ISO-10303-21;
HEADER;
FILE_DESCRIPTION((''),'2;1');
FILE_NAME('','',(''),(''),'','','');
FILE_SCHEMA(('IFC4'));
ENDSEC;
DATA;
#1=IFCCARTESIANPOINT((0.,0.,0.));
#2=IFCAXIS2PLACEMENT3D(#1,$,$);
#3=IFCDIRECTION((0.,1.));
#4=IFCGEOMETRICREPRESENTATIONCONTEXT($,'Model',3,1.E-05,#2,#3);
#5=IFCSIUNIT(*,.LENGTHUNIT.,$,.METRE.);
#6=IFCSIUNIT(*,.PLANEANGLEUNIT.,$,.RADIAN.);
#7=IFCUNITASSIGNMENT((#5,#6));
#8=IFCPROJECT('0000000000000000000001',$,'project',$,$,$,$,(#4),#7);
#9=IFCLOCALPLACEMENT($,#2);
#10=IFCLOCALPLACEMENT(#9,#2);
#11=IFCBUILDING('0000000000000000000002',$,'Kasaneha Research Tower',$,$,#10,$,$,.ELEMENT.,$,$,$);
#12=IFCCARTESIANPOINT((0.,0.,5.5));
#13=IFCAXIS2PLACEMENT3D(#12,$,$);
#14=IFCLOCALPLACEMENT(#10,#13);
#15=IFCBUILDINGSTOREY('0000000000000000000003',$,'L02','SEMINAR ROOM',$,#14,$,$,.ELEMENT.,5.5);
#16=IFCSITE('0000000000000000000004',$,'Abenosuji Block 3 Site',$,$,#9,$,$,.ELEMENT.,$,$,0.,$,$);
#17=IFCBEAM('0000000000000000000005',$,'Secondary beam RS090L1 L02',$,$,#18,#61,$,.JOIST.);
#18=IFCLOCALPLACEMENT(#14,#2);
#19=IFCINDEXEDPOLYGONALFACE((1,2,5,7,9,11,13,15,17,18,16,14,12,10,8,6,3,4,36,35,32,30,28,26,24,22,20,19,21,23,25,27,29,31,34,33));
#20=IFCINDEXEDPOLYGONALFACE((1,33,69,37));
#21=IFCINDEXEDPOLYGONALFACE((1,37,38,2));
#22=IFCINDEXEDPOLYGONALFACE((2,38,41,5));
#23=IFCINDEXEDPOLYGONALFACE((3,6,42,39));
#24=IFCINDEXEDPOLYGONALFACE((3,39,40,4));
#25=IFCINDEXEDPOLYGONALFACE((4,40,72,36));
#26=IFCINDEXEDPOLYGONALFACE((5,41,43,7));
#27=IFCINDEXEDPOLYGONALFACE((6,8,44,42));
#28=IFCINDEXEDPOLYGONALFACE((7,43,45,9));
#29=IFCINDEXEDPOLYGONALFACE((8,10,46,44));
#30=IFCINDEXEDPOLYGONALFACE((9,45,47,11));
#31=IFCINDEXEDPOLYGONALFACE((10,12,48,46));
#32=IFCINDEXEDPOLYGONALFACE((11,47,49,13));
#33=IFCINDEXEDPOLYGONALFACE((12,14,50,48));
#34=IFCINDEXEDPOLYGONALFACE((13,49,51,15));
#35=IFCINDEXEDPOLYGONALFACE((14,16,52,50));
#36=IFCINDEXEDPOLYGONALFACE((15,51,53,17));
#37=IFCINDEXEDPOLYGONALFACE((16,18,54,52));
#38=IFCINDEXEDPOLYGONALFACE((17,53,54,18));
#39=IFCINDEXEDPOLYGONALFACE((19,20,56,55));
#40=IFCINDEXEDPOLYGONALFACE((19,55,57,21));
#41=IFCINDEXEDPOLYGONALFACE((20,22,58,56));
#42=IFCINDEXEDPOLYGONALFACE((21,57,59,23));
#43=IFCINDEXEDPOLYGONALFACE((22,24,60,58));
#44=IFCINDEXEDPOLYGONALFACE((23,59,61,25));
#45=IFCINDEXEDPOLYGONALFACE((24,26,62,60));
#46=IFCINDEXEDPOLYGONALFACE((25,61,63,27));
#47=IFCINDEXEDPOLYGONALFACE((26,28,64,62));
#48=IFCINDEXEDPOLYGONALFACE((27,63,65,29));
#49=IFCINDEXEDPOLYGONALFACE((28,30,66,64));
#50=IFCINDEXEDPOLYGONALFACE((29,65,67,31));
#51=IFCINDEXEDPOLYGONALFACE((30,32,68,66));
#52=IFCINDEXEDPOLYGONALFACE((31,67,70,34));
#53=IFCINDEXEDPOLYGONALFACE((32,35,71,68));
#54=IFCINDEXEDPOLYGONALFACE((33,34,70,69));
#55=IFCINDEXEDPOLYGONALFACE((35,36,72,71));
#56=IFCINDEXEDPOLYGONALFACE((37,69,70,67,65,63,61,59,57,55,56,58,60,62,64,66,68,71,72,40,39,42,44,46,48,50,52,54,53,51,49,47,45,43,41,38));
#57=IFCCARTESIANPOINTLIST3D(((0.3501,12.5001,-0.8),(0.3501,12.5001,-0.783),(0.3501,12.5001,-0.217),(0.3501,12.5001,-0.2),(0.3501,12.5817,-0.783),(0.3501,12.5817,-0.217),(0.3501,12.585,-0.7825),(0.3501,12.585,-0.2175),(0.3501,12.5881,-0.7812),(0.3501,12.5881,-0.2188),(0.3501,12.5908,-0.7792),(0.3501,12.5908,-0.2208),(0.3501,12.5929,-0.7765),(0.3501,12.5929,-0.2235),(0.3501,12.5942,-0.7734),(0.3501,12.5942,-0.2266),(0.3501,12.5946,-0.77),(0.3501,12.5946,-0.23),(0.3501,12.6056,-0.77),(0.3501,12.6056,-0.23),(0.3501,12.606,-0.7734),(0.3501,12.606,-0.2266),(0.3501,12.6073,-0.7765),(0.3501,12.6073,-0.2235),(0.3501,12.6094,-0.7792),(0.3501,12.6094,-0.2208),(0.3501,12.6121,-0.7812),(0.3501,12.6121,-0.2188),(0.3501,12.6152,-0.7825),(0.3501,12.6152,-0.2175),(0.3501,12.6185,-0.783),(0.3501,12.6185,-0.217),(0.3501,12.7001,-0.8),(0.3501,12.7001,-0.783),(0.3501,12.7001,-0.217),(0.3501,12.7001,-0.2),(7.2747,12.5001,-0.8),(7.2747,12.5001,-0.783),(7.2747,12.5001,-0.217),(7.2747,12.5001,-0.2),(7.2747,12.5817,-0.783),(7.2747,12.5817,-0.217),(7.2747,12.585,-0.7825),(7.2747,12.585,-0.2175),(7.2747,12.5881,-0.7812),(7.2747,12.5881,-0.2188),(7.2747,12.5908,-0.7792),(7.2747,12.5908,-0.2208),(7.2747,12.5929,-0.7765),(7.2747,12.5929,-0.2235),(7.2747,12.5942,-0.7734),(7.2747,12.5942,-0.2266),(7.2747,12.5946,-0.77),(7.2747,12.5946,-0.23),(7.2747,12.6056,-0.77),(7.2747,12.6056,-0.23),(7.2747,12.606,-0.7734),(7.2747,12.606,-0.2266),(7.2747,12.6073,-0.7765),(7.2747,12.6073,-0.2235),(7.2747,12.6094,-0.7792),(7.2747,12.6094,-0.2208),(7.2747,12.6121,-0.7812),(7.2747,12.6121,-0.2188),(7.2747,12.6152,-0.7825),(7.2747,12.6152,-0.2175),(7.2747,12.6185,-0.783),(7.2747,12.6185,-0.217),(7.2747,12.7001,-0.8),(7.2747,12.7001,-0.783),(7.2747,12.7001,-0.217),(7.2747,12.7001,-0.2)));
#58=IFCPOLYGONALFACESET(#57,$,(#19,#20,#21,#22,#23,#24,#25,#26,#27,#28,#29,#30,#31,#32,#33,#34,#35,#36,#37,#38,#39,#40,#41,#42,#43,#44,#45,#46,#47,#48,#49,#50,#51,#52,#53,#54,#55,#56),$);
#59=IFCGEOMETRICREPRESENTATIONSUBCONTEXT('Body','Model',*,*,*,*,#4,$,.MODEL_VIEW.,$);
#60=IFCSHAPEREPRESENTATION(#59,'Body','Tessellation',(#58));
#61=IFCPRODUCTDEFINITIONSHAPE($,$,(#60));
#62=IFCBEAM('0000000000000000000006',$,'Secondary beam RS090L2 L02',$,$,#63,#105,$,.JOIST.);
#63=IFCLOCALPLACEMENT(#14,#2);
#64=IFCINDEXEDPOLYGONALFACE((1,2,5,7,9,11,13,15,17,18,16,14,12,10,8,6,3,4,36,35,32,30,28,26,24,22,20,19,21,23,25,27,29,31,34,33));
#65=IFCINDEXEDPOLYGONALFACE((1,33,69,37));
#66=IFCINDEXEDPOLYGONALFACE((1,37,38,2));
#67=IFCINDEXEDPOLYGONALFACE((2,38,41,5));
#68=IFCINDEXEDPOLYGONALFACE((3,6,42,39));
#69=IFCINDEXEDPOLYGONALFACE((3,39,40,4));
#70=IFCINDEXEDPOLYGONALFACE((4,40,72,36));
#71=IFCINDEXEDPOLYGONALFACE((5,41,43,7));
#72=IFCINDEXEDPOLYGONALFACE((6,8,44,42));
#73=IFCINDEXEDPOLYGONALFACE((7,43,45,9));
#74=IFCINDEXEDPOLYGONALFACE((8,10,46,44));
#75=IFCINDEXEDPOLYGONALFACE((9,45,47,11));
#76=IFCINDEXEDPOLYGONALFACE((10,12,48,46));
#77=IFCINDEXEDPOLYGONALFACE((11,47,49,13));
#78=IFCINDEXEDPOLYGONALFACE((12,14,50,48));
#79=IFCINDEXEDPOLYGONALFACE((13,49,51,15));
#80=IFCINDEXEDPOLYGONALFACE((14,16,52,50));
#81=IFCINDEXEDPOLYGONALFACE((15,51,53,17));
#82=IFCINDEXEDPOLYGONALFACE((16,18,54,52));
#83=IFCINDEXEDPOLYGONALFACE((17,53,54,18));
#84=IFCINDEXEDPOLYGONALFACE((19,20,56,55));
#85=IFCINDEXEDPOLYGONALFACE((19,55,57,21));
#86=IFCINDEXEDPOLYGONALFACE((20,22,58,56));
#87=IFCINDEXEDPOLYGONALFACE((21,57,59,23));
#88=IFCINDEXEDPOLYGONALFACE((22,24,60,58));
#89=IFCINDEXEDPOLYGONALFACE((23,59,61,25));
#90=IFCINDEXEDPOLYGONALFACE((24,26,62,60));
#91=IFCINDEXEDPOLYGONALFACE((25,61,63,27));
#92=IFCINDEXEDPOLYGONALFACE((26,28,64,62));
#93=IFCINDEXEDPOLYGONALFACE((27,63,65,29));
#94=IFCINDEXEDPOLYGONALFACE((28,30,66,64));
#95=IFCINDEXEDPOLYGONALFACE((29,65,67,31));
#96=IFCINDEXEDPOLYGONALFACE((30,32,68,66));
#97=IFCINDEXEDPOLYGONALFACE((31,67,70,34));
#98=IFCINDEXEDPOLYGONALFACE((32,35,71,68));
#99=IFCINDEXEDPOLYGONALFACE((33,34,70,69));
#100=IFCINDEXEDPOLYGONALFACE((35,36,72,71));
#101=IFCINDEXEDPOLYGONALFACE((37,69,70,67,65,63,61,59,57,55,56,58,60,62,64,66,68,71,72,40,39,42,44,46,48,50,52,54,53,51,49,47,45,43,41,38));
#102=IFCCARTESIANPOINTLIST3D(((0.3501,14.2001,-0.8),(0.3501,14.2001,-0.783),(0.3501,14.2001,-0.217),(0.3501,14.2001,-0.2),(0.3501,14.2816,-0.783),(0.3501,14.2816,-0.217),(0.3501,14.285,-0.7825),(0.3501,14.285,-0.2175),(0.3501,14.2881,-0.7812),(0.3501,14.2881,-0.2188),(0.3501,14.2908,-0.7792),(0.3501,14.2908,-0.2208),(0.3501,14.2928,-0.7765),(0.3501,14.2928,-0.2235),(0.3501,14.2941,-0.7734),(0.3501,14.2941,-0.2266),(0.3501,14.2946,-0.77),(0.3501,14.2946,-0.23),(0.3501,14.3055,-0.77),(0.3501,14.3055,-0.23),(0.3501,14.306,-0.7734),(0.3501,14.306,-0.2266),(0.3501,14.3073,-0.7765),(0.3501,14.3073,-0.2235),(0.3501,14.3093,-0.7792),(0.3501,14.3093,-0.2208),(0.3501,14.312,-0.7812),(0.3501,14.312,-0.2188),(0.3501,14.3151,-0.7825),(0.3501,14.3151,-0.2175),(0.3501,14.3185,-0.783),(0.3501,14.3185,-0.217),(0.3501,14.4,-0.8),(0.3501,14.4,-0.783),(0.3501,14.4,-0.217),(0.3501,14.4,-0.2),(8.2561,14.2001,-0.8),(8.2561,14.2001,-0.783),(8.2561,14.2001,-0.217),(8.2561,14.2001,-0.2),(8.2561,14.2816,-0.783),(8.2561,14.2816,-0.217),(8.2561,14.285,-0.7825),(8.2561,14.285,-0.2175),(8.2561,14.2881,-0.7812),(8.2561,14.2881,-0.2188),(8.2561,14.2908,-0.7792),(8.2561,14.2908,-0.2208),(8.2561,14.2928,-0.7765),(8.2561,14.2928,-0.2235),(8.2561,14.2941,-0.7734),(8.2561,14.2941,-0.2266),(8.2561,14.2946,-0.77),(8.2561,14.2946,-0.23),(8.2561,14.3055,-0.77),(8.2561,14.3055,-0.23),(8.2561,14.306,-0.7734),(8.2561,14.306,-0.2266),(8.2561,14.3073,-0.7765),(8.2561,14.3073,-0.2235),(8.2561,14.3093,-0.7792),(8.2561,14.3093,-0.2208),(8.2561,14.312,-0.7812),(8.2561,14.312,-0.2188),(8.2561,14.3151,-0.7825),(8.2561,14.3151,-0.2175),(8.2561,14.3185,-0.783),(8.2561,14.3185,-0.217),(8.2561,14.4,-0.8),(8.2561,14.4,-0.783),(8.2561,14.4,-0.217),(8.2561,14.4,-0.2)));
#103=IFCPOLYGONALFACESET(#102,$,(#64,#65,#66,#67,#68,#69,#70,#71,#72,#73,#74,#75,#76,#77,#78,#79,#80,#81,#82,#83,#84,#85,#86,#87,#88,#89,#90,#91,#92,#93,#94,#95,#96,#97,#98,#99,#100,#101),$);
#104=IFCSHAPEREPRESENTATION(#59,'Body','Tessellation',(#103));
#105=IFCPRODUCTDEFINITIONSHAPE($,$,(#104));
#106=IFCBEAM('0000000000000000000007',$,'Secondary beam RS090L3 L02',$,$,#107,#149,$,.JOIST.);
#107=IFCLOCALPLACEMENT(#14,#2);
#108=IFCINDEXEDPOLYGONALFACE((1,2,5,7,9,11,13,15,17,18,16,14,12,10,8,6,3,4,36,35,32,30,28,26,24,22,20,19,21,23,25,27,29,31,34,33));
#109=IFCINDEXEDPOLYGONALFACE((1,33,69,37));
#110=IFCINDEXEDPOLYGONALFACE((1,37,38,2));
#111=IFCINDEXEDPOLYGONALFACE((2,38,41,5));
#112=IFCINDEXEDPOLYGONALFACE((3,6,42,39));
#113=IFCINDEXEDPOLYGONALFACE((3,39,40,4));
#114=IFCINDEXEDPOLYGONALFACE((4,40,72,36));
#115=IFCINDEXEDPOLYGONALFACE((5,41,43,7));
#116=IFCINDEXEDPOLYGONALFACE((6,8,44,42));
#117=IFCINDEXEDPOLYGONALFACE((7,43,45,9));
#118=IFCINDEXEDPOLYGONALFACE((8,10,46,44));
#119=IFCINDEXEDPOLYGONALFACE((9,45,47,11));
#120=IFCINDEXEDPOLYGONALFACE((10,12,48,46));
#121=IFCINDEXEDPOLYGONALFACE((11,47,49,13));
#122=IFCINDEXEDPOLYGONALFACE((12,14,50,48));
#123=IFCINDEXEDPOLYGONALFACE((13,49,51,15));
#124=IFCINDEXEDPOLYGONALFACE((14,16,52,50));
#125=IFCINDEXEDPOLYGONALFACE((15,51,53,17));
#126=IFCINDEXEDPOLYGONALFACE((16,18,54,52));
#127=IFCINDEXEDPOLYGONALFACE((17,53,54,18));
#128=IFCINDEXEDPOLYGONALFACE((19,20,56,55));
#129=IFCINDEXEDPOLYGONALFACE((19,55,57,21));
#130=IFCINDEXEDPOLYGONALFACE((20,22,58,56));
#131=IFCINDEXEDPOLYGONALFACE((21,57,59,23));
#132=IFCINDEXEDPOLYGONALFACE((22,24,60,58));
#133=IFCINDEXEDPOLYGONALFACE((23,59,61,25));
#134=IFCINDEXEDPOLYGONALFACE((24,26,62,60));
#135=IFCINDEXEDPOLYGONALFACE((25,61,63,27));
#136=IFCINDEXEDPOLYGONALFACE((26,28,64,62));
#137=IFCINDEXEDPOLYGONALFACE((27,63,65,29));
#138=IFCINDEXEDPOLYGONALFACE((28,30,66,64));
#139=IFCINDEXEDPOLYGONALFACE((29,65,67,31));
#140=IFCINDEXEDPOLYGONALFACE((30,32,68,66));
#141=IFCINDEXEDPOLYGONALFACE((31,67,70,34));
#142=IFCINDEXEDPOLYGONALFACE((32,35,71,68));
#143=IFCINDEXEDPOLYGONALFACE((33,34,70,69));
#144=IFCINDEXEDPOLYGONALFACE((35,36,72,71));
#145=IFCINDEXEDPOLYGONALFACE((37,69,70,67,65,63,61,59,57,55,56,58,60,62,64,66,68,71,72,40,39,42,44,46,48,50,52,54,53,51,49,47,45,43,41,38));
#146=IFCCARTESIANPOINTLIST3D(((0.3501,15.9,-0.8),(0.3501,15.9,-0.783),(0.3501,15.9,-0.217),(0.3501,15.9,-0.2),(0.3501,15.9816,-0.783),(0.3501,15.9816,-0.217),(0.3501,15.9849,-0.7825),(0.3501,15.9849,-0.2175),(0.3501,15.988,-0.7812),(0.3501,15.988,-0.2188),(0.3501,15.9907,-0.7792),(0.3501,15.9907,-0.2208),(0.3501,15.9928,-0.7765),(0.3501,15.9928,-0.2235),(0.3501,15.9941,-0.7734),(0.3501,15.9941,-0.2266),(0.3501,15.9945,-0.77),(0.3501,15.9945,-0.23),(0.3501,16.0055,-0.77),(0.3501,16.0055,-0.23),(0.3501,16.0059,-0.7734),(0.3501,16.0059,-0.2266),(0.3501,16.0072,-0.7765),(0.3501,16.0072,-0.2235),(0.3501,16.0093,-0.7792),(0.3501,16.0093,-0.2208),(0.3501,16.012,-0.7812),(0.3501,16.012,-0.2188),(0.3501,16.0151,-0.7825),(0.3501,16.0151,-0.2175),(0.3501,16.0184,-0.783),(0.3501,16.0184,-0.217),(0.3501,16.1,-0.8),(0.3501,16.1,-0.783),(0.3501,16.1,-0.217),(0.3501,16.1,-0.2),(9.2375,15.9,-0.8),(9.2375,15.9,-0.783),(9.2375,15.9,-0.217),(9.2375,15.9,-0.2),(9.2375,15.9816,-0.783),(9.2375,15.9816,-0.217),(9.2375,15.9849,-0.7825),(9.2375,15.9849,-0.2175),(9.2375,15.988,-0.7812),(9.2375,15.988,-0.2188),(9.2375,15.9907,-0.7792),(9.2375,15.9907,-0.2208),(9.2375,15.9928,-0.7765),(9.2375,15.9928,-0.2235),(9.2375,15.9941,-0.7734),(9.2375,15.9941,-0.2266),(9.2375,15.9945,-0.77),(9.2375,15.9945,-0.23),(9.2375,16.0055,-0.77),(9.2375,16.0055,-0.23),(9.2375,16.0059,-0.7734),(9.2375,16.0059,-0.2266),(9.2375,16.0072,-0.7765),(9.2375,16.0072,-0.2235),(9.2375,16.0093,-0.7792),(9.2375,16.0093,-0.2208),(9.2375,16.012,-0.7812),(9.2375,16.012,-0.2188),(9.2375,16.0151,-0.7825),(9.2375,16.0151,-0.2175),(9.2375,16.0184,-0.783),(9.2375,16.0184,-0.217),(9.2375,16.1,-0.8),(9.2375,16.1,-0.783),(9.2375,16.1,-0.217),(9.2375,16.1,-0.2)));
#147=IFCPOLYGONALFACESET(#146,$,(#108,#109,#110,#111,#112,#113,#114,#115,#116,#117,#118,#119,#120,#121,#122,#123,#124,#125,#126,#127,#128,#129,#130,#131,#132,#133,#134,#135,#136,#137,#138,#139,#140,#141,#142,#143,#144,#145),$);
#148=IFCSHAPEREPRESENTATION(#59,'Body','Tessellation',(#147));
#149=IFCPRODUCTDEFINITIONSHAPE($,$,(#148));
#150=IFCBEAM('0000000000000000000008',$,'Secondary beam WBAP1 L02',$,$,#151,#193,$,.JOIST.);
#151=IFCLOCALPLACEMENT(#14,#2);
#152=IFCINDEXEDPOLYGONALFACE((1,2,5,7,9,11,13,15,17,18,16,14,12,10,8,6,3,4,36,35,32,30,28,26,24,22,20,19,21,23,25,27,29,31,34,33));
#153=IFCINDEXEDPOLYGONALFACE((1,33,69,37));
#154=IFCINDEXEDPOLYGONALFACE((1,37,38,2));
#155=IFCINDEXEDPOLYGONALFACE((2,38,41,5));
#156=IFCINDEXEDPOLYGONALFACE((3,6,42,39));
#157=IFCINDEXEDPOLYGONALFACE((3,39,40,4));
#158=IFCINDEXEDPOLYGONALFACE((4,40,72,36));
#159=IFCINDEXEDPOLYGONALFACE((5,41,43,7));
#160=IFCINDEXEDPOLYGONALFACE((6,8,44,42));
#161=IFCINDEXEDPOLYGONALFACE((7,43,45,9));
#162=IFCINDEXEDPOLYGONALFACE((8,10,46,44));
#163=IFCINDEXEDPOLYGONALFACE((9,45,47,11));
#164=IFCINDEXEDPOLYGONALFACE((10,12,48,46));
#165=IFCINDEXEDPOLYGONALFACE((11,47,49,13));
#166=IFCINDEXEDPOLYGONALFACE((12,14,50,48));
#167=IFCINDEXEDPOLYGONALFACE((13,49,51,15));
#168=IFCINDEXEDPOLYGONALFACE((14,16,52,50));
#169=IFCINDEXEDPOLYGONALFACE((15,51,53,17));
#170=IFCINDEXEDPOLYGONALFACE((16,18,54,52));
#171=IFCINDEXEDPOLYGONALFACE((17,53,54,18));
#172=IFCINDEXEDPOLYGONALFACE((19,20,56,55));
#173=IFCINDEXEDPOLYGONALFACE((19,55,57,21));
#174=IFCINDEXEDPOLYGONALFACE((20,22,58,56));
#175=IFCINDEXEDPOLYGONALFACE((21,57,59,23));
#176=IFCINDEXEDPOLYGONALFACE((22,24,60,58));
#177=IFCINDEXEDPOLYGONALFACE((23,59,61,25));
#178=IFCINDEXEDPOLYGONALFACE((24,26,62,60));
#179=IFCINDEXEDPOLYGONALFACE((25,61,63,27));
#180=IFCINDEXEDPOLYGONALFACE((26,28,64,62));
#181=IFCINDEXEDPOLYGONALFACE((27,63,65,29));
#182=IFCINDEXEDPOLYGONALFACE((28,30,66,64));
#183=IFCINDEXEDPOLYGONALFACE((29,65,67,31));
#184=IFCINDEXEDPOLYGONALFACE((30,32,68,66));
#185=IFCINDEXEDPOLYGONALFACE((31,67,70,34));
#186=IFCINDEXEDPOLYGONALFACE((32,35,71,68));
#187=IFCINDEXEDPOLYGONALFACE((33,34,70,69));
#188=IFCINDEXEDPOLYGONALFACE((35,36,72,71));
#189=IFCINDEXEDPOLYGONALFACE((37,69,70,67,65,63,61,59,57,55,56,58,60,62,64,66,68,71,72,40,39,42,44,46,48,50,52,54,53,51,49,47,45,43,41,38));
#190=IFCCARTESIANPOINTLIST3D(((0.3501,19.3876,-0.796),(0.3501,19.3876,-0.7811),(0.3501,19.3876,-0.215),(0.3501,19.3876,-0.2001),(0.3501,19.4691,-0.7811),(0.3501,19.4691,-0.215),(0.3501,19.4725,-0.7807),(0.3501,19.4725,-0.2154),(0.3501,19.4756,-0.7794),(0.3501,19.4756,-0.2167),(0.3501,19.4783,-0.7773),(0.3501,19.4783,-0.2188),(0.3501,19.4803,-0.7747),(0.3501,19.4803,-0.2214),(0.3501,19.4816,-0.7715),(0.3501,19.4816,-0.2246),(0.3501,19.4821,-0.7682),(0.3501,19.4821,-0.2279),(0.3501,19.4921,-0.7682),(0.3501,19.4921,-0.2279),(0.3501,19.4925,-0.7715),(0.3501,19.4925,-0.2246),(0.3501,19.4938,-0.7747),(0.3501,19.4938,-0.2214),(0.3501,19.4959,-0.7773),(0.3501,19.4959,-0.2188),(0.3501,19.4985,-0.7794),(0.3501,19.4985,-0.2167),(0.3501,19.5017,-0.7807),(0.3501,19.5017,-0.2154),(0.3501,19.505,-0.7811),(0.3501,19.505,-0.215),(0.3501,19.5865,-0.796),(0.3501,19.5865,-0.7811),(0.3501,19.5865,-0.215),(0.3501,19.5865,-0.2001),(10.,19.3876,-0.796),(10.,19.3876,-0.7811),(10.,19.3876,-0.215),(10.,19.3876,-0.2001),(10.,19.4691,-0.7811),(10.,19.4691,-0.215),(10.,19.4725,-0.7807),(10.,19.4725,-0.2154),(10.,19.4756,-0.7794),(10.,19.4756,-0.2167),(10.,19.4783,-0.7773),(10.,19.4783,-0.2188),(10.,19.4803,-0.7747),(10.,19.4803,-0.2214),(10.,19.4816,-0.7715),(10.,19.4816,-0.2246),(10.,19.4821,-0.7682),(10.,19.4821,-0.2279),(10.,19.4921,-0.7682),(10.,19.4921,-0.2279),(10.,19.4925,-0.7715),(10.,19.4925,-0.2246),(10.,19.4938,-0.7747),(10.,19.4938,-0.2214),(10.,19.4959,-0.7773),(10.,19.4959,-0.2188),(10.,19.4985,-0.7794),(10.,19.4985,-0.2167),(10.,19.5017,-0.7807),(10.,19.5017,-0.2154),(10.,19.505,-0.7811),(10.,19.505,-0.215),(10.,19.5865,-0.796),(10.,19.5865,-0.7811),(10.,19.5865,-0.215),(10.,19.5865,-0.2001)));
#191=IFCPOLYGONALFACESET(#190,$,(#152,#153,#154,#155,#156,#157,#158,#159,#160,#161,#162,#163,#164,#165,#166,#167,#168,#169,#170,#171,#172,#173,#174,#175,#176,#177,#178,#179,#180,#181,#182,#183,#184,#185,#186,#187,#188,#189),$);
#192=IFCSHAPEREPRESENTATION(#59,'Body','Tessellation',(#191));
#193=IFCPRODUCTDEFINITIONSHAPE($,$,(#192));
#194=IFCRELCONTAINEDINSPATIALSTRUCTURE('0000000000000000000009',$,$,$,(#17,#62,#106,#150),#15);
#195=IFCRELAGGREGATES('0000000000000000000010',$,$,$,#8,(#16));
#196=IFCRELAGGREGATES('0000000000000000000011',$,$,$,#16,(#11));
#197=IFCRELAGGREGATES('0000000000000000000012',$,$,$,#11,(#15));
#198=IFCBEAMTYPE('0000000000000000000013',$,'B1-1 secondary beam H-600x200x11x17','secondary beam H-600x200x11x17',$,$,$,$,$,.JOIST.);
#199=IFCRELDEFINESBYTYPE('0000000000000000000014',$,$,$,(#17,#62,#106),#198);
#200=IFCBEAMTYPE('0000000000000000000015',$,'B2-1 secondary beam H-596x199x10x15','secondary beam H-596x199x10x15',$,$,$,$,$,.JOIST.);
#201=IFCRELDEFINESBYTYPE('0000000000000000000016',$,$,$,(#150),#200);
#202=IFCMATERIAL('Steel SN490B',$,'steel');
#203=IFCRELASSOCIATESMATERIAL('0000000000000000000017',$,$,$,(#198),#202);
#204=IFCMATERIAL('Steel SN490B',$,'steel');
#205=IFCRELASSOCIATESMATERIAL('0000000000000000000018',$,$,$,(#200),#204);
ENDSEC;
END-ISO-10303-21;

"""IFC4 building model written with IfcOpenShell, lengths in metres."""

from ifc_helpers import new_model, si_unit, direction, frame, origin, origin_2d, place, context, subcontext, project, spatial, i_section, extrude, material, material_profile, profile_set, type_object, element, save


model = new_model("IFC4")

# Units and contexts
model_context = context("Model", 3, precision=1e-05, world=origin(), true_north=direction((0.0, 1.0)))
body_context = subcontext(model_context, "Body", "Model", "MODEL_VIEW")
ifc_project = project(units=[si_unit("LENGTHUNIT", "METRE"), si_unit("PLANEANGLEUNIT", "RADIAN")], contexts=[model_context])

# Site, building, storey
site_placement = place(None, origin())
site = spatial("IfcSite", under=ifc_project, at=site_placement, Name="Abenosuji Block 3 Site", CompositionType="ELEMENT", RefElevation=0.0)
building_placement = place(site_placement, origin())
building = spatial("IfcBuilding", under=site, at=building_placement, Name="Kasaneha Research Tower", CompositionType="ELEMENT")
storey_placement = place(building_placement, frame((0.0, 0.0, 5.5)))
storey = spatial("IfcBuildingStorey", under=building, at=storey_placement, Name="L02", Description="SEMINAR ROOM", CompositionType="ELEMENT", Elevation=5.5)

# Beams
ifc_material_1 = material(Name="Steel SN490B", Category="steel")
ifc_material_profile_1 = material_profile(ifc_material_1, i_section(OverallWidth=0.2, OverallDepth=0.6001, WebThickness=0.011, FlangeThickness=0.0171, FilletRadius=0.0129, at=origin_2d()), Name="H-600x200x11x17")
ifc_profile_set_1 = profile_set([ifc_material_profile_1], Name="Steel SN490B")
beam_type_1 = type_object("IfcBeamType", Name="B1-1 secondary beam H-600x200x11x17", Description="secondary beam H-600x200x11x17", PredefinedType="JOIST", material=ifc_profile_set_1)
beam_1_placement = place(storey_placement, frame((7.2747, 12.6001, -0.5), z_axis=(-1.0, 0.0, 0.0), x_axis=(0.0, -1.0, 0.0)))
element("IfcBeam", 1, at=beam_1_placement, inside=storey, type_object=beam_type_1, Name="Secondary beam RS090L1 L02", PredefinedType="JOIST", context=body_context, shape_type="SweptSolid", body=[
    extrude(i_section(OverallWidth=0.2, OverallDepth=0.6001, WebThickness=0.011, FlangeThickness=0.0171, FilletRadius=0.0129, at=origin_2d()), origin(), (0.0, 0.0, 1.0), 6.9246),
])
beam_2_placement = place(storey_placement, frame((8.2561, 14.3, -0.5), z_axis=(-1.0, 0.0, 0.0), x_axis=(0.0, -1.0, 0.0)))
element("IfcBeam", 2, at=beam_2_placement, inside=storey, type_object=beam_type_1, Name="Secondary beam RS090L2 L02", PredefinedType="JOIST", context=body_context, shape_type="SweptSolid", body=[
    extrude(i_section(OverallWidth=0.2, OverallDepth=0.6001, WebThickness=0.011, FlangeThickness=0.0171, FilletRadius=0.0129, at=origin_2d()), origin(), (0.0, 0.0, 1.0), 7.906),
])
beam_3_placement = place(storey_placement, frame((9.2375, 16.0, -0.5), z_axis=(-1.0, 0.0, 0.0), x_axis=(0.0, -1.0, 0.0)))
element("IfcBeam", 3, at=beam_3_placement, inside=storey, type_object=beam_type_1, Name="Secondary beam RS090L3 L02", PredefinedType="JOIST", context=body_context, shape_type="SweptSolid", body=[
    extrude(i_section(OverallWidth=0.2, OverallDepth=0.6001, WebThickness=0.011, FlangeThickness=0.0171, FilletRadius=0.0129, at=origin_2d()), origin(), (0.0, 0.0, 1.0), 8.8875),
])
ifc_material_2 = material(Name="Steel SN490B", Category="steel")
ifc_material_profile_2 = material_profile(ifc_material_2, i_section(OverallWidth=0.199, OverallDepth=0.5959, WebThickness=0.01, FlangeThickness=0.0149, FilletRadius=0.0129, at=origin_2d()), Name="H-596x199x10x15")
ifc_profile_set_2 = profile_set([ifc_material_profile_2], Name="Steel SN490B")
beam_type_2 = type_object("IfcBeamType", Name="B2-1 secondary beam H-596x199x10x15", Description="secondary beam H-596x199x10x15", PredefinedType="JOIST", material=ifc_profile_set_2)
for number, where, z_axis, x_axis, name in (
    (4, (10.0, 19.4871, -0.498), (-1.0, 0.0, 0.0), (0.0, -1.0, 0.0), "Secondary beam WBAP1 L02"),
):
    element("IfcBeam", number, at=place(storey_placement, frame(where, z_axis=z_axis, x_axis=x_axis)), inside=storey, type_object=beam_type_2, Name=name, PredefinedType="JOIST", context=body_context, shape_type="SweptSolid", body=[
        extrude(i_section(OverallWidth=0.199, OverallDepth=0.5959, WebThickness=0.01, FlangeThickness=0.0149, FilletRadius=0.0129, at=origin_2d()), origin(), (0.0, 0.0, 1.0), 9.6499),
    ])

save(model, "model.ifc")
